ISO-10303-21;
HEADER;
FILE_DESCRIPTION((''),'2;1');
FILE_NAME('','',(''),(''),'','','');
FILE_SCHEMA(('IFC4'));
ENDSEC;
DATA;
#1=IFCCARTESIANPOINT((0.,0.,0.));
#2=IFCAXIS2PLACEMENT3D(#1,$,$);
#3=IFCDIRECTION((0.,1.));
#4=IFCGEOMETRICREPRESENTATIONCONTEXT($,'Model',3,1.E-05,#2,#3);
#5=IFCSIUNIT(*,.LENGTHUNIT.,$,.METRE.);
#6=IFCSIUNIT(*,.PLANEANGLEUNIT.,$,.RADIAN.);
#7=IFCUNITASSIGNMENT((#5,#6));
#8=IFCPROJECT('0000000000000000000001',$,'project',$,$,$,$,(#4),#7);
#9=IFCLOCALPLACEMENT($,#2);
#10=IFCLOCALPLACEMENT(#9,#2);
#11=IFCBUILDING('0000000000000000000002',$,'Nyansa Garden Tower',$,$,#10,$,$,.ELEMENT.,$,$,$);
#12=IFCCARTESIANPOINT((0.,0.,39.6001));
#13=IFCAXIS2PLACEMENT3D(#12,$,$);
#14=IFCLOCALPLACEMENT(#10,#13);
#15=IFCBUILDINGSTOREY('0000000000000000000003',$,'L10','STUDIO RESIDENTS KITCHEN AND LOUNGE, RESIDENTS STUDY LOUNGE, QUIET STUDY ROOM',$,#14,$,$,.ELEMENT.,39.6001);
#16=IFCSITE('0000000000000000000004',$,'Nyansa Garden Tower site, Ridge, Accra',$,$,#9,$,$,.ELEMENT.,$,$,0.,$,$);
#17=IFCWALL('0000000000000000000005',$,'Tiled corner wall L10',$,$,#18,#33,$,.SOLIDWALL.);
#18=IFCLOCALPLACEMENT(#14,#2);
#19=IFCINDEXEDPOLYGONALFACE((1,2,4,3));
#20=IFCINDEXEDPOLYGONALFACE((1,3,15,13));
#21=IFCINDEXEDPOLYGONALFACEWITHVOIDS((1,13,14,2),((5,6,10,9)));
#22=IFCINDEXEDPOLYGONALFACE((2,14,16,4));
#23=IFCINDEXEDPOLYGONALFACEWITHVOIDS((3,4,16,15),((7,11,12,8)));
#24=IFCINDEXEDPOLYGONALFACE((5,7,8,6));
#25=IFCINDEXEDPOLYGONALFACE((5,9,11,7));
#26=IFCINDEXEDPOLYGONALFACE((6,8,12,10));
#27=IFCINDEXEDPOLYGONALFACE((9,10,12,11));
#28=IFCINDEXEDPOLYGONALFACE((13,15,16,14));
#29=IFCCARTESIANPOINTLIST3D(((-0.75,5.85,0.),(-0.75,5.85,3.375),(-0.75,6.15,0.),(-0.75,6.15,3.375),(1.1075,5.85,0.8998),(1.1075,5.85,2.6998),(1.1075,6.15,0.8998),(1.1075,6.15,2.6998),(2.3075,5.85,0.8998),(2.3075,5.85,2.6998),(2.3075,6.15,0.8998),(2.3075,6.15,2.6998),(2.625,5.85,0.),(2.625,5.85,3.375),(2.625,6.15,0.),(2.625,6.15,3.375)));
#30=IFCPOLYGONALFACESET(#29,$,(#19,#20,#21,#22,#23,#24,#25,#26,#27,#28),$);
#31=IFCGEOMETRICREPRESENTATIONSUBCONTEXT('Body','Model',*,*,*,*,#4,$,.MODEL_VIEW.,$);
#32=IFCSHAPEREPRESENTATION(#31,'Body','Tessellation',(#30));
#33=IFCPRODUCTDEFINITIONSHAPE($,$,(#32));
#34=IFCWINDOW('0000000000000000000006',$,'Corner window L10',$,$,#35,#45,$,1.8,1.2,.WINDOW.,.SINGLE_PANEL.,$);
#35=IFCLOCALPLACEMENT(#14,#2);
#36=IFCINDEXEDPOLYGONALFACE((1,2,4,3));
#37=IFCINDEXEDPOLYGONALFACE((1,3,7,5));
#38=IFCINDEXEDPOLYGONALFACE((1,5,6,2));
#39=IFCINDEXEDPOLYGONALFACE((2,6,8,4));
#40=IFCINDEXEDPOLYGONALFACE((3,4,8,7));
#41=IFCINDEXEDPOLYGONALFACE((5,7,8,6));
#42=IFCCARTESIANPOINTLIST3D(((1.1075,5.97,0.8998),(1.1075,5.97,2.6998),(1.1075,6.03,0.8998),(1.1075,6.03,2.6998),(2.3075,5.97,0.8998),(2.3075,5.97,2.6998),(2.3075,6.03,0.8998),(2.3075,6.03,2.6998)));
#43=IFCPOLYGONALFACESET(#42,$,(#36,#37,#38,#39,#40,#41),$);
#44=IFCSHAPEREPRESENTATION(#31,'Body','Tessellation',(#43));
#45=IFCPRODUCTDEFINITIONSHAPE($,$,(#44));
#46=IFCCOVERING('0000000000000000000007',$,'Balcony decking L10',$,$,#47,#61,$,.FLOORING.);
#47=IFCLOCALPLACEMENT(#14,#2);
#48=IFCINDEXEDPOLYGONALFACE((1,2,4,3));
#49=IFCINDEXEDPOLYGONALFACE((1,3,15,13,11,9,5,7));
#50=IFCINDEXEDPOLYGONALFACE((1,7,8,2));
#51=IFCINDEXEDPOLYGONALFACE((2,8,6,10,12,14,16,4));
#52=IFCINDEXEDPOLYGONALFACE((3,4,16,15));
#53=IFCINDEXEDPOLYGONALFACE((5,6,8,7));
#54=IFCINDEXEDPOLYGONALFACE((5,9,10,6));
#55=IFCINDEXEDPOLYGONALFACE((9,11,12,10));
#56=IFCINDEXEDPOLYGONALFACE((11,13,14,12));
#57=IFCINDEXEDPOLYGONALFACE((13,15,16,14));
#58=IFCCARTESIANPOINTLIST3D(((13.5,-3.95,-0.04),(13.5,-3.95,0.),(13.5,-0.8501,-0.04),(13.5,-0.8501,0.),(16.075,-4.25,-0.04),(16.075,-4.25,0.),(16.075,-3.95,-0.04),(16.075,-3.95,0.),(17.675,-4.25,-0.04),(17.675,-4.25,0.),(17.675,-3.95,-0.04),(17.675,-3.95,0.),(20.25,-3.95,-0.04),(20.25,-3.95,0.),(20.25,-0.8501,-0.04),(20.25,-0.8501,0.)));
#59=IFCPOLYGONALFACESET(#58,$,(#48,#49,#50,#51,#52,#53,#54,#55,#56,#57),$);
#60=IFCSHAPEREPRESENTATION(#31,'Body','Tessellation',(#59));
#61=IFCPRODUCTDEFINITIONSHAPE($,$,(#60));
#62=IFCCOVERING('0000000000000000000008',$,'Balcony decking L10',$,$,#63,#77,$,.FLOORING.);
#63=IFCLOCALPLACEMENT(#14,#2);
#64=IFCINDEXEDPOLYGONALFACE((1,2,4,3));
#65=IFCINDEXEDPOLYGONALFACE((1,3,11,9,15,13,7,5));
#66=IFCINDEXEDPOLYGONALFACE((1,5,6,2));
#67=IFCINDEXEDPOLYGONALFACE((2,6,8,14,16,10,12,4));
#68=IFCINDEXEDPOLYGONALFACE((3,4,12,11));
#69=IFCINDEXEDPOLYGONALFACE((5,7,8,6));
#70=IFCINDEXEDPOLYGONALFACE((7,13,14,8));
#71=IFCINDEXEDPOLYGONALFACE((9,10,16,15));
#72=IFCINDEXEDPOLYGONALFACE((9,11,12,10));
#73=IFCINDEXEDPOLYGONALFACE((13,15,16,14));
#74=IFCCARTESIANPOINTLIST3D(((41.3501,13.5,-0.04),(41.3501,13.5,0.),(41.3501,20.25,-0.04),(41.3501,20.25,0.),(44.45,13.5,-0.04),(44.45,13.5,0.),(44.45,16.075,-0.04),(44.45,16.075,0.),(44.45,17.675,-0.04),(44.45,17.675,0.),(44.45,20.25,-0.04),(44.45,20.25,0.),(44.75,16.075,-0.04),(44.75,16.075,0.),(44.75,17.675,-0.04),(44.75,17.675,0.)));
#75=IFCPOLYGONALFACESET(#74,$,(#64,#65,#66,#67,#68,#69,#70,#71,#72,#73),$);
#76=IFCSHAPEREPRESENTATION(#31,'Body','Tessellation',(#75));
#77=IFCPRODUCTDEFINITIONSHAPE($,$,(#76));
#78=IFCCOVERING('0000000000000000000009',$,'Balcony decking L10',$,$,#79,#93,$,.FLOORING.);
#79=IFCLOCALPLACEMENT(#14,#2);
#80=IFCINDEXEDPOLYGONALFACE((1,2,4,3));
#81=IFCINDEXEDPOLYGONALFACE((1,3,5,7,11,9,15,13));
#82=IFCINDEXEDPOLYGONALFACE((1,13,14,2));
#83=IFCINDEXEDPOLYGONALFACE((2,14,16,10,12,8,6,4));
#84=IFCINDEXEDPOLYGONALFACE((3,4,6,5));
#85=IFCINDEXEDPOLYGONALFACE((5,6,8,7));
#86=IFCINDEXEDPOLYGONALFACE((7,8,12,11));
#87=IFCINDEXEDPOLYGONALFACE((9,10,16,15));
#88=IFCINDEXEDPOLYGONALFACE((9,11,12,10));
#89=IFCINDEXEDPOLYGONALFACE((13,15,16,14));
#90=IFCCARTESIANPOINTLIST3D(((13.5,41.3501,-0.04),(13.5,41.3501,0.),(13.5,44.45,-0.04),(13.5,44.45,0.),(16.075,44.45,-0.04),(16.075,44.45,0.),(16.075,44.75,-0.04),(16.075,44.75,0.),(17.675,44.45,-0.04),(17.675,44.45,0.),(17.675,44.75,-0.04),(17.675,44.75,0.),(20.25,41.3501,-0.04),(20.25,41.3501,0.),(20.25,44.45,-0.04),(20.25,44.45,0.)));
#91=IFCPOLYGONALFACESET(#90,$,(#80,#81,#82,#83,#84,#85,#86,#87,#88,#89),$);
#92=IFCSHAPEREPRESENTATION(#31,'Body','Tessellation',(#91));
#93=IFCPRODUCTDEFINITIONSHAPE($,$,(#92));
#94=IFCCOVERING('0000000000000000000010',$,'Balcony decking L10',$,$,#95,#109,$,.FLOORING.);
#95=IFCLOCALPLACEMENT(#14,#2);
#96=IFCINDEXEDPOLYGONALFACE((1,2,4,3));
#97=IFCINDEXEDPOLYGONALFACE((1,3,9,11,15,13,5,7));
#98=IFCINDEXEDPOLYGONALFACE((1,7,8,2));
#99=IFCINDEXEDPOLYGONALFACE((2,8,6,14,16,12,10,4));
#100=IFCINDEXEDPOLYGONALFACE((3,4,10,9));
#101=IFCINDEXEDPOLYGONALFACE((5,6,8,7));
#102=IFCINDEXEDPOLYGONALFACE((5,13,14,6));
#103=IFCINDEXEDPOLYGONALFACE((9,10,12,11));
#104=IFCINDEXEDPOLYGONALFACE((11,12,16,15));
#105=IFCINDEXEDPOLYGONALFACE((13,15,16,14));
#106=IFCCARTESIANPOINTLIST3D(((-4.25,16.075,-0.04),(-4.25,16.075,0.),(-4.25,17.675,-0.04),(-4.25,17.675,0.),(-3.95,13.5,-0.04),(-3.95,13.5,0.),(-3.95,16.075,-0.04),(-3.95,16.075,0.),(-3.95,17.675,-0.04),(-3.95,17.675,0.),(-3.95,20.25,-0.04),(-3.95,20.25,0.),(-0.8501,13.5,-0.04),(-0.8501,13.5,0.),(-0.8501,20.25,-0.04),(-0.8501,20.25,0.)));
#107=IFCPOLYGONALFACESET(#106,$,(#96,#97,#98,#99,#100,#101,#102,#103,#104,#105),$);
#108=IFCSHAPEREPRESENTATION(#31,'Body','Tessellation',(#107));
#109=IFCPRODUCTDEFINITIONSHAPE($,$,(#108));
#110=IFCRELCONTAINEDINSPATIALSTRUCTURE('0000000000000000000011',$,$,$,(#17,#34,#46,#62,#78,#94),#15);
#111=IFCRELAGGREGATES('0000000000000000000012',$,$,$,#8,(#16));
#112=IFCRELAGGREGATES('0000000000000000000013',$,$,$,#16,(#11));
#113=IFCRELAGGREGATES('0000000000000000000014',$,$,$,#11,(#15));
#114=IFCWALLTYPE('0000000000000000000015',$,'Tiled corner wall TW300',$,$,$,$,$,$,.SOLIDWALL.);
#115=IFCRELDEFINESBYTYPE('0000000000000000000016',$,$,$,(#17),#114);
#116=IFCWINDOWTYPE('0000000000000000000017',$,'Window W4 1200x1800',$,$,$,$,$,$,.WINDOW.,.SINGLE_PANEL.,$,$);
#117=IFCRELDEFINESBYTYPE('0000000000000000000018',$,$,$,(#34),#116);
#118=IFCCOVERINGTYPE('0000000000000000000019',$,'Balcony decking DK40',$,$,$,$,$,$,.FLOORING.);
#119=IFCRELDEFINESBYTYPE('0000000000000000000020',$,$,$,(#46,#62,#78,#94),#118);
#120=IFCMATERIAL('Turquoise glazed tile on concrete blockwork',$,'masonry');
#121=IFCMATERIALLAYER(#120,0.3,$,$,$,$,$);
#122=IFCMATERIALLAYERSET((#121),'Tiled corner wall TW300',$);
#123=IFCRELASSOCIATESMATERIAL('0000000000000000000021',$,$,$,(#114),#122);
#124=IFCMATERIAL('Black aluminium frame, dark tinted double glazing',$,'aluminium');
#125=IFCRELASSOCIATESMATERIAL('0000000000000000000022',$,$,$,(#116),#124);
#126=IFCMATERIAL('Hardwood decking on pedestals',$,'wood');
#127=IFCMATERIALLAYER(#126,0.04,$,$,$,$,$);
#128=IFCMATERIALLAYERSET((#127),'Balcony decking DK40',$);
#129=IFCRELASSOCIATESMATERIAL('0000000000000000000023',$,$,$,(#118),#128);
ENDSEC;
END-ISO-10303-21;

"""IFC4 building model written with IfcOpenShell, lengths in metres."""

from ifc_helpers import new_model, si_unit, direction, frame, frame_2d, origin, place, context, subcontext, project, spatial, polyline, rectangle, outline, extrude, material, layer, layer_set, type_object, element, fill, save


model = new_model("IFC4")

# Units and contexts
model_context = context("Model", 3, precision=1e-05, world=origin(), true_north=direction((0.0, 1.0)))
body_context = subcontext(model_context, "Body", "Model", "MODEL_VIEW")
ifc_project = project(units=[si_unit("LENGTHUNIT", "METRE"), si_unit("PLANEANGLEUNIT", "RADIAN")], contexts=[model_context])

# Site, building, storey
site_placement = place(None, origin())
site = spatial("IfcSite", under=ifc_project, at=site_placement, Name="Nyansa Garden Tower site, Ridge, Accra", CompositionType="ELEMENT", RefElevation=0.0)
building_placement = place(site_placement, origin())
building = spatial("IfcBuilding", under=site, at=building_placement, Name="Nyansa Garden Tower", CompositionType="ELEMENT")
storey_placement = place(building_placement, frame((0.0, 0.0, 39.6001)))
storey = spatial("IfcBuildingStorey", under=building, at=storey_placement, Name="L10", Description="STUDIO RESIDENTS KITCHEN AND LOUNGE, RESIDENTS STUDY LOUNGE, QUIET STUDY ROOM", CompositionType="ELEMENT", Elevation=39.6001)

# Wall, opening, window
ifc_material_1 = material(Name="Turquoise glazed tile on concrete blockwork", Category="masonry")
ifc_layer_1 = layer(ifc_material_1, 0.3)
ifc_layer_set_1 = layer_set([ifc_layer_1], Name="Tiled corner wall TW300")
wall_type = type_object("IfcWallType", Name="Tiled corner wall TW300", PredefinedType="SOLIDWALL", material=ifc_layer_set_1)
wall_placement = place(storey_placement, frame((-0.75, 6.0, 0.0), z_axis=(0.0, 0.0, 1.0), x_axis=(1.0, 0.0, 0.0)))
wall = element("IfcWall", 1, at=wall_placement, inside=storey, type_object=wall_type, Name="Tiled corner wall L10", PredefinedType="SOLIDWALL", context=body_context, shape_type="SweptSolid", body=[
    extrude(rectangle(XDim=3.375, YDim=0.3, at=frame_2d((1.6875, 0.0))), origin(), (0.0, 0.0, 1.0), 3.375),
])
opening_placement = place(wall_placement, frame((1.8574, 0.0, 0.8999)))
opening = element("IfcOpeningElement", 2, at=opening_placement, cuts=wall, PredefinedType="OPENING", context=body_context, shape_type="SweptSolid", body=[
    extrude(rectangle(XDim=1.2, YDim=1.8, at=frame_2d((0.6001, 0.8999))), frame((0.0, 0.1599, 0.0), z_axis=(0.0, -1.0, 0.0), x_axis=(1.0, 0.0, 0.0)), (0.0, 0.0, 1.0), 0.3201),
])
ifc_material_2 = material(Name="Black aluminium frame, dark tinted double glazing", Category="aluminium")
window_type = type_object("IfcWindowType", Name="Window W4 1200x1800", PartitioningType="SINGLE_PANEL", PredefinedType="WINDOW", material=ifc_material_2)
window_placement = place(opening_placement, origin())
window = element("IfcWindow", 3, at=window_placement, inside=storey, type_object=window_type, Name="Corner window L10", OverallHeight=1.8, OverallWidth=1.2, PartitioningType="SINGLE_PANEL", PredefinedType="WINDOW", context=body_context, shape_type="SweptSolid", body=[
    extrude(rectangle(XDim=1.2, YDim=1.8, at=frame_2d((0.6001, 0.8999))), frame((0.0, 0.03, 0.0), z_axis=(0.0, -1.0, 0.0), x_axis=(1.0, 0.0, 0.0)), (0.0, 0.0, 1.0), 0.0601),
])
fill(opening, window)

# Coverings
ifc_material_3 = material(Name="Hardwood decking on pedestals", Category="wood")
ifc_layer_2 = layer(ifc_material_3, 0.04)
ifc_layer_set_2 = layer_set([ifc_layer_2], Name="Balcony decking DK40")
covering_type = type_object("IfcCoveringType", Name="Balcony decking DK40", PredefinedType="FLOORING", material=ifc_layer_set_2)
covering_1_placement = place(storey_placement, frame((0.0, 0.0, -0.04)))
element("IfcCovering", 4, at=covering_1_placement, inside=storey, type_object=covering_type, Name="Balcony decking L10", PredefinedType="FLOORING", context=body_context, shape_type="SweptSolid", body=[
    extrude(outline(polyline([(13.5, -0.8501), (20.25, -0.8501), (20.25, -3.95), (17.675, -3.95), (17.675, -4.25), (16.075, -4.25), (16.075, -3.95), (13.5, -3.95), (13.5, -0.8501)])), origin(), (0.0, 0.0, 1.0), 0.04),
])
covering_2_placement = place(storey_placement, frame((0.0, 0.0, -0.04)))
element("IfcCovering", 5, at=covering_2_placement, inside=storey, type_object=covering_type, Name="Balcony decking L10", PredefinedType="FLOORING", context=body_context, shape_type="SweptSolid", body=[
    extrude(outline(polyline([(41.3501, 13.5), (41.3501, 20.25), (44.45, 20.25), (44.45, 17.675), (44.75, 17.675), (44.75, 16.075), (44.45, 16.075), (44.45, 13.5), (41.3501, 13.5)])), origin(), (0.0, 0.0, 1.0), 0.04),
])
covering_3_placement = place(storey_placement, frame((0.0, 0.0, -0.04)))
element("IfcCovering", 6, at=covering_3_placement, inside=storey, type_object=covering_type, Name="Balcony decking L10", PredefinedType="FLOORING", context=body_context, shape_type="SweptSolid", body=[
    extrude(outline(polyline([(13.5, 41.3501), (20.25, 41.3501), (20.25, 44.45), (17.675, 44.45), (17.675, 44.75), (16.075, 44.75), (16.075, 44.45), (13.5, 44.45), (13.5, 41.3501)])), origin(), (0.0, 0.0, 1.0), 0.04),
])
covering_4_placement = place(storey_placement, frame((0.0, 0.0, -0.04)))
element("IfcCovering", 7, at=covering_4_placement, inside=storey, type_object=covering_type, Name="Balcony decking L10", PredefinedType="FLOORING", context=body_context, shape_type="SweptSolid", body=[
    extrude(outline(polyline([(-0.8501, 13.5), (-0.8501, 20.25), (-3.95, 20.25), (-3.95, 17.675), (-4.25, 17.675), (-4.25, 16.075), (-3.95, 16.075), (-3.95, 13.5), (-0.8501, 13.5)])), origin(), (0.0, 0.0, 1.0), 0.04),
])

save(model, "model.ifc")
